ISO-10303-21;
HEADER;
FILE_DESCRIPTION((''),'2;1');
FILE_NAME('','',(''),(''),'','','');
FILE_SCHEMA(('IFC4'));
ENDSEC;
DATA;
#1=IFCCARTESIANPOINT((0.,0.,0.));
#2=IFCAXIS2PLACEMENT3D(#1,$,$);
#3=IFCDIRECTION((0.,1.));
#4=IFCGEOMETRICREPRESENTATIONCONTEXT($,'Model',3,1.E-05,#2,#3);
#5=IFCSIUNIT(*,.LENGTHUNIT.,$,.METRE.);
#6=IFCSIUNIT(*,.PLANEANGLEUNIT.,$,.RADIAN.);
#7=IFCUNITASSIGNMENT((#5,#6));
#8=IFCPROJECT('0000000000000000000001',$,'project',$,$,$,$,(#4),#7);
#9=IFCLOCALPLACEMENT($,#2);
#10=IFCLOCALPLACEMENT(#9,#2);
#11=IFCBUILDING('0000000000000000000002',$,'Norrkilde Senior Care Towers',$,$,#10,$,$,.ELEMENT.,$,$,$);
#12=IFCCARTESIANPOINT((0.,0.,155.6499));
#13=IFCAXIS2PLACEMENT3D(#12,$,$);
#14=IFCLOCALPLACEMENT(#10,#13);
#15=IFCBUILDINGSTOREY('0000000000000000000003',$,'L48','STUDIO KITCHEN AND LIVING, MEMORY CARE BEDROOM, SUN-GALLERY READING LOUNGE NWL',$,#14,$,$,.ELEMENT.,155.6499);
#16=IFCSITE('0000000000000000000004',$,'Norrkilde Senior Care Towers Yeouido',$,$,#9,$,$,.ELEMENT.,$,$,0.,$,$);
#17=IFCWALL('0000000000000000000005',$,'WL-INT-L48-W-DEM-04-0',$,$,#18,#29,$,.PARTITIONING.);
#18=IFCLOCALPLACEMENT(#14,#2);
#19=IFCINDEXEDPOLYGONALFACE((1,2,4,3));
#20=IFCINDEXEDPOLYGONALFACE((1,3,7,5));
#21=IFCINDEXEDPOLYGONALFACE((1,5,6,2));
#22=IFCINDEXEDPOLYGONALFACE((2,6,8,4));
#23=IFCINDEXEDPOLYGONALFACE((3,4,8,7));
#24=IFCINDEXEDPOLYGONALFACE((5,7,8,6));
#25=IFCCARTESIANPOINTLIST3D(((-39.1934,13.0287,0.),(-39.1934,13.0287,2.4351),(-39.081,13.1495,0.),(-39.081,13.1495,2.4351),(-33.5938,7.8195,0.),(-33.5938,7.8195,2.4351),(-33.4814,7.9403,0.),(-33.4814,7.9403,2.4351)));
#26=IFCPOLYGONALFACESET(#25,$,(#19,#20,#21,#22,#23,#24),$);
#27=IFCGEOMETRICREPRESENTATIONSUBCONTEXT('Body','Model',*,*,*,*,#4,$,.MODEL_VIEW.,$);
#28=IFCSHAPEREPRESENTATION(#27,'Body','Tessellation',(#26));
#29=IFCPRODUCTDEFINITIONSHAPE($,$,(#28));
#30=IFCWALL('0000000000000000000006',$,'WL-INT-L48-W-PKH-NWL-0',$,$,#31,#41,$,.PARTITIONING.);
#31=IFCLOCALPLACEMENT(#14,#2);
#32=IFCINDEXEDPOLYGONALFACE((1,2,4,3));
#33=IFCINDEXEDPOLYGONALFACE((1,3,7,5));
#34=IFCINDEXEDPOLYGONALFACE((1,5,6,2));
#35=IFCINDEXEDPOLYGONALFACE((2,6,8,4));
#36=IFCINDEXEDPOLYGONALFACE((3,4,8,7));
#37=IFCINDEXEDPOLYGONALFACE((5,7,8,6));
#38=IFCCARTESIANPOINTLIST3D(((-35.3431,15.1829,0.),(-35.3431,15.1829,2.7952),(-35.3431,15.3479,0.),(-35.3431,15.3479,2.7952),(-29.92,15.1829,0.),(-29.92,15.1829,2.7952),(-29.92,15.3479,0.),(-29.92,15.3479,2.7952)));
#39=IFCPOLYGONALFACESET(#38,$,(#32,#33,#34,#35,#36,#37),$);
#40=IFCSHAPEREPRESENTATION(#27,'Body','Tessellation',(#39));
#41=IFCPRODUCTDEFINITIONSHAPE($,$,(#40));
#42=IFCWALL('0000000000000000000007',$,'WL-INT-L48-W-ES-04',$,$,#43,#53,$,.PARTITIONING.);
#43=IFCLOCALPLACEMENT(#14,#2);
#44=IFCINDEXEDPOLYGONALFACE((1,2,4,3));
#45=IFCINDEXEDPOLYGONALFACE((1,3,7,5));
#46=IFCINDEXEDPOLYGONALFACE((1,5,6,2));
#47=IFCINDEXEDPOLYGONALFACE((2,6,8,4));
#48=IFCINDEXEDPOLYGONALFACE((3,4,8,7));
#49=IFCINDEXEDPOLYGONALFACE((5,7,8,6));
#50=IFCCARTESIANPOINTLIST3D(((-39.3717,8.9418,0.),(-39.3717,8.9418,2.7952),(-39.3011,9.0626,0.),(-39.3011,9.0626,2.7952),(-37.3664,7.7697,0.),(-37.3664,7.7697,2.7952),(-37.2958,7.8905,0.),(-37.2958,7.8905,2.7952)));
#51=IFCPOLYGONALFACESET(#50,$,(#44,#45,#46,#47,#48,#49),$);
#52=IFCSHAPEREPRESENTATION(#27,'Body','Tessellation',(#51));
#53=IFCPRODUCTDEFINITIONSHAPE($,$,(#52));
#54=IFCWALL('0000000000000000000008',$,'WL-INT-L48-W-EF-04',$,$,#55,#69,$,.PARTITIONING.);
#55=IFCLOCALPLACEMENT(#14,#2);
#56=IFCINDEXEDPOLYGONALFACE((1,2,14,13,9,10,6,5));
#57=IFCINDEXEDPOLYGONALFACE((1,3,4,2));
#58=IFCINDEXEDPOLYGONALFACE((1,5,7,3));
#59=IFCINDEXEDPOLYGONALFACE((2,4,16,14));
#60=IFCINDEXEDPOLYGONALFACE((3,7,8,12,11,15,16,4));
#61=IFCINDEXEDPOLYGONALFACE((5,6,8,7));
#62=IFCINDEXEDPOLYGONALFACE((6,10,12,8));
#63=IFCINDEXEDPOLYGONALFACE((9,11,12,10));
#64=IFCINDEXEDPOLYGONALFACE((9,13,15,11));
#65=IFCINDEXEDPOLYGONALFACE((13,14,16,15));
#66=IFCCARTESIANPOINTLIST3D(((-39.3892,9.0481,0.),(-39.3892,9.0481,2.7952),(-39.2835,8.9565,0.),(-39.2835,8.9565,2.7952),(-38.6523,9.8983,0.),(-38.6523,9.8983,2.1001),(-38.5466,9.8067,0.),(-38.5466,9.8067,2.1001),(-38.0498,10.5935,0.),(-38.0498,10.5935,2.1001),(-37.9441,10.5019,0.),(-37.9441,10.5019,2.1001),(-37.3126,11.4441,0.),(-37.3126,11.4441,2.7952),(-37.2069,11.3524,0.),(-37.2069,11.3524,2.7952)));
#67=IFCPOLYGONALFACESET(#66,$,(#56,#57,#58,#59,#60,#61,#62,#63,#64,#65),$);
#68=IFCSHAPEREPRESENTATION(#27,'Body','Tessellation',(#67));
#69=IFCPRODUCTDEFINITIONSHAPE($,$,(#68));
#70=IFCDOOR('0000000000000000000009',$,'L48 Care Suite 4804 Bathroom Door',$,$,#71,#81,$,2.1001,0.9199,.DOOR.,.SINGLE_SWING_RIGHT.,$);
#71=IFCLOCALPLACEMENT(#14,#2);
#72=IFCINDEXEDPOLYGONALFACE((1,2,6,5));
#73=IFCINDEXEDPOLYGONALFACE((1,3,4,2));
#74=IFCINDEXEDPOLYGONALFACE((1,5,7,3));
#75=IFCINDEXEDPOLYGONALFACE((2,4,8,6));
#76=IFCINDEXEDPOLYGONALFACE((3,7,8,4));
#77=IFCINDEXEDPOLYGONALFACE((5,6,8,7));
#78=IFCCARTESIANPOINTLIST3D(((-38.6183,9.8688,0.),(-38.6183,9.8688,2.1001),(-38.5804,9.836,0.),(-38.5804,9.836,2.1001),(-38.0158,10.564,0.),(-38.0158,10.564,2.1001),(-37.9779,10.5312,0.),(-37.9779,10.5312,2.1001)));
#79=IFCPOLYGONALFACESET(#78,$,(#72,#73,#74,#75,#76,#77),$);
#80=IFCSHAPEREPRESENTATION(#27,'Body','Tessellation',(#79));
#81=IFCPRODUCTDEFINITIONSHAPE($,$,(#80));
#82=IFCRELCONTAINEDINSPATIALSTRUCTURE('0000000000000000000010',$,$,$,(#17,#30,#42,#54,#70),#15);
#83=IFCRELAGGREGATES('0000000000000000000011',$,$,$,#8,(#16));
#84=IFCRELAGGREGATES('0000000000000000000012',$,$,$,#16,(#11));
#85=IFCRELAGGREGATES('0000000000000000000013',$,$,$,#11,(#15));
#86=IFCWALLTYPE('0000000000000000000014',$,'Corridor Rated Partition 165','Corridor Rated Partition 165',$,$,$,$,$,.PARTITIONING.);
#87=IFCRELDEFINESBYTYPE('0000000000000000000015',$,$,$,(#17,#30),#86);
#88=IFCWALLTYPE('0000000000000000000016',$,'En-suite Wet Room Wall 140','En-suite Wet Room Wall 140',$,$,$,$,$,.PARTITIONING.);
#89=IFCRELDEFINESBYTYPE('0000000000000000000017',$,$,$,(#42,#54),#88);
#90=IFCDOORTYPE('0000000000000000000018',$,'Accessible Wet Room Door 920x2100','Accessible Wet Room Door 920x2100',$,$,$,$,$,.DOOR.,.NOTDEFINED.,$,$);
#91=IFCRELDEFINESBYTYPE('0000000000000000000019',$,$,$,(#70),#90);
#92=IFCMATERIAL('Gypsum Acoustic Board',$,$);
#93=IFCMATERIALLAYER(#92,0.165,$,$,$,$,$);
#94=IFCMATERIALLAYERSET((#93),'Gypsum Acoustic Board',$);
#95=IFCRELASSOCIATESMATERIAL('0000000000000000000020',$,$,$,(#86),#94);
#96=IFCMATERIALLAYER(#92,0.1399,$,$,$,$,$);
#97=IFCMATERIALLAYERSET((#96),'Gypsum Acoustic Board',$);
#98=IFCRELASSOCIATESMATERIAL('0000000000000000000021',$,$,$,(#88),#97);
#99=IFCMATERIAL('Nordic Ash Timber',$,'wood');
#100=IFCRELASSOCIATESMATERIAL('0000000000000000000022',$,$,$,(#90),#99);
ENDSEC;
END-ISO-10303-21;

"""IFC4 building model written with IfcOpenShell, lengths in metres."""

from ifc_helpers import new_model, si_unit, direction, frame, frame_2d, origin, place, context, subcontext, project, spatial, rectangle, extrude, source, transform, mapped, material, layer, layer_set, type_object, type_shapes, element, fill, save


model = new_model("IFC4")

# Units and contexts
model_context = context("Model", 3, precision=1e-05, world=origin(), true_north=direction((0.0, 1.0)))
body_context = subcontext(model_context, "Body", "Model", "MODEL_VIEW")
ifc_project = project(units=[si_unit("LENGTHUNIT", "METRE"), si_unit("PLANEANGLEUNIT", "RADIAN")], contexts=[model_context])

# Site, building, storey
site_placement = place(None, origin())
site = spatial("IfcSite", under=ifc_project, at=site_placement, Name="Norrkilde Senior Care Towers Yeouido", CompositionType="ELEMENT", RefElevation=0.0)
building_placement = place(site_placement, origin())
building = spatial("IfcBuilding", under=site, at=building_placement, Name="Norrkilde Senior Care Towers", CompositionType="ELEMENT")
storey_placement = place(building_placement, frame((0.0, 0.0, 155.6499)))
storey = spatial("IfcBuildingStorey", under=building, at=storey_placement, Name="L48", Description="STUDIO KITCHEN AND LIVING, MEMORY CARE BEDROOM, SUN-GALLERY READING LOUNGE NWL", CompositionType="ELEMENT", Elevation=155.6499)

# Wall
ifc_material_1 = material(Name="Gypsum Acoustic Board")
ifc_layer_1 = layer(ifc_material_1, 0.165)
ifc_layer_set_1 = layer_set([ifc_layer_1], Name="Gypsum Acoustic Board")
wall_type_1 = type_object("IfcWallType", Name="Corridor Rated Partition 165", Description="Corridor Rated Partition 165", PredefinedType="PARTITIONING", material=ifc_layer_set_1)
shared_shape_1 = source(origin(), body_context, "Body", "SweptSolid", [
    extrude(rectangle(XDim=7.6479, YDim=0.165, at=frame_2d((3.824, 0.0))), origin(), (0.0, 0.0, 1.0), 2.4351),
])
wall_1_placement = place(storey_placement, frame((-33.5376, 7.8799, 0.0), z_axis=(0.0, 0.0, 1.0), x_axis=(-0.732168, 0.681124, 0.0)))
element("IfcWall", 1, at=wall_1_placement, inside=storey, type_object=wall_type_1, Name="WL-INT-L48-W-DEM-04-0", PredefinedType="PARTITIONING", context=body_context, shape_type="MappedRepresentation", body=[
    mapped(shared_shape_1, transform((0.0, 0.0, 0.0), x_axis=(1.0, 0.0, 0.0), y_axis=(0.0, 1.0, 0.0), z_axis=(0.0, 0.0, 1.0), scale=1.0)),
])

# Shared definitions
ifc_material_2 = material(Name="Nordic Ash Timber", Category="wood")

# Walls
shared_shape_2 = source(origin(), body_context, "Body", "SweptSolid", [
    extrude(rectangle(XDim=5.4231, YDim=0.165, at=frame_2d((2.7114, 0.0))), origin(), (0.0, 0.0, 1.0), 2.7952),
])
wall_2_placement = place(storey_placement, frame((-35.343, 15.2654, 0.0), z_axis=(0.0, 0.0, 1.0), x_axis=(1.0, 0.0, 0.0)))
element("IfcWall", 2, at=wall_2_placement, inside=storey, type_object=wall_type_1, Name="WL-INT-L48-W-PKH-NWL-0", PredefinedType="PARTITIONING", context=body_context, shape_type="MappedRepresentation", body=[
    mapped(shared_shape_2, transform((0.0, 0.0, 0.0), x_axis=(1.0, 0.0, 0.0), y_axis=(0.0, 1.0, 0.0), z_axis=(0.0, 0.0, 1.0), scale=1.0)),
])
ifc_layer_2 = layer(ifc_material_1, 0.1399)
ifc_layer_set_2 = layer_set([ifc_layer_2], Name="Gypsum Acoustic Board")
wall_type_2 = type_object("IfcWallType", Name="En-suite Wet Room Wall 140", Description="En-suite Wet Room Wall 140", PredefinedType="PARTITIONING", material=ifc_layer_set_2)
shared_shape_3 = source(origin(), body_context, "Body", "SweptSolid", [
    extrude(rectangle(XDim=2.3228, YDim=0.1399, at=frame_2d((1.1614, 0.0))), origin(), (0.0, 0.0, 1.0), 2.7952),
])
wall_3_placement = place(storey_placement, frame((-37.3311, 7.8301, 0.0), z_axis=(0.0, 0.0, 1.0), x_axis=(-0.863344, 0.504616, 0.0)))
element("IfcWall", 3, at=wall_3_placement, inside=storey, type_object=wall_type_2, Name="WL-INT-L48-W-ES-04", PredefinedType="PARTITIONING", context=body_context, shape_type="MappedRepresentation", body=[
    mapped(shared_shape_3, transform((0.0, 0.0, 0.0), x_axis=(1.0, 0.0, 0.0), y_axis=(0.0, 1.0, 0.0), z_axis=(0.0, 0.0, 1.0), scale=1.0)),
])

# Wall, opening, door
shared_shape_4 = source(origin(), body_context, "Body", "SweptSolid", [
    extrude(rectangle(XDim=3.1707, YDim=0.1399, at=frame_2d((1.5854, 0.0))), origin(), (0.0, 0.0, 1.0), 2.7952),
])
type_shapes(wall_type_2, [shared_shape_3, shared_shape_4])
wall_4_placement = place(storey_placement, frame((-39.3364, 9.0022, 0.0), z_axis=(0.0, 0.0, 1.0), x_axis=(0.654954, 0.755669, 0.0)))
wall_4 = element("IfcWall", 4, at=wall_4_placement, inside=storey, type_object=wall_type_2, Name="WL-INT-L48-W-EF-04", PredefinedType="PARTITIONING", context=body_context, shape_type="MappedRepresentation", body=[
    mapped(shared_shape_4, transform((0.0, 0.0, 0.0), x_axis=(1.0, 0.0, 0.0), y_axis=(0.0, 1.0, 0.0), z_axis=(0.0, 0.0, 1.0), scale=1.0)),
])
opening_1_placement = place(wall_4_placement, frame((1.1252, 0.0, 0.0)))
opening_1 = element("IfcOpeningElement", 5, at=opening_1_placement, cuts=wall_4, PredefinedType="OPENING", context=body_context, shape_type="SweptSolid", body=[
    extrude(rectangle(XDim=0.9199, YDim=2.1001, at=frame_2d((0.46, 1.05))), frame((0.0, 0.0798, 0.0), z_axis=(0.0, -1.0, 0.0), x_axis=(1.0, 0.0, 0.0)), (0.0, 0.0, 1.0), 0.1599),
])
door_type_1 = type_object("IfcDoorType", Name="Accessible Wet Room Door 920x2100", Description="Accessible Wet Room Door 920x2100", OperationType="NOTDEFINED", PredefinedType="DOOR", material=ifc_material_2)
shared_shape_5 = source(origin(), body_context, "Body", "SweptSolid", [
    extrude(rectangle(XDim=0.9199, YDim=2.1001, at=frame_2d((0.46, 1.05))), frame((0.0, 0.0249, 0.0), z_axis=(0.0, -1.0, 0.0), x_axis=(1.0, 0.0, 0.0)), (0.0, 0.0, 1.0), 0.05),
])
type_shapes(door_type_1, [shared_shape_5])
door_1_placement = place(opening_1_placement, origin())
door_1 = element("IfcDoor", 6, at=door_1_placement, inside=storey, type_object=door_type_1, Name="L48 Care Suite 4804 Bathroom Door", OperationType="SINGLE_SWING_RIGHT", OverallHeight=2.1001, OverallWidth=0.9199, PredefinedType="DOOR", context=body_context, shape_type="MappedRepresentation", body=[
    mapped(shared_shape_5, transform((0.0, 0.0, 0.0), x_axis=(1.0, 0.0, 0.0), y_axis=(0.0, 1.0, 0.0), z_axis=(0.0, 0.0, 1.0), scale=1.0)),
])
fill(opening_1, door_1)

save(model, "model.ifc")
